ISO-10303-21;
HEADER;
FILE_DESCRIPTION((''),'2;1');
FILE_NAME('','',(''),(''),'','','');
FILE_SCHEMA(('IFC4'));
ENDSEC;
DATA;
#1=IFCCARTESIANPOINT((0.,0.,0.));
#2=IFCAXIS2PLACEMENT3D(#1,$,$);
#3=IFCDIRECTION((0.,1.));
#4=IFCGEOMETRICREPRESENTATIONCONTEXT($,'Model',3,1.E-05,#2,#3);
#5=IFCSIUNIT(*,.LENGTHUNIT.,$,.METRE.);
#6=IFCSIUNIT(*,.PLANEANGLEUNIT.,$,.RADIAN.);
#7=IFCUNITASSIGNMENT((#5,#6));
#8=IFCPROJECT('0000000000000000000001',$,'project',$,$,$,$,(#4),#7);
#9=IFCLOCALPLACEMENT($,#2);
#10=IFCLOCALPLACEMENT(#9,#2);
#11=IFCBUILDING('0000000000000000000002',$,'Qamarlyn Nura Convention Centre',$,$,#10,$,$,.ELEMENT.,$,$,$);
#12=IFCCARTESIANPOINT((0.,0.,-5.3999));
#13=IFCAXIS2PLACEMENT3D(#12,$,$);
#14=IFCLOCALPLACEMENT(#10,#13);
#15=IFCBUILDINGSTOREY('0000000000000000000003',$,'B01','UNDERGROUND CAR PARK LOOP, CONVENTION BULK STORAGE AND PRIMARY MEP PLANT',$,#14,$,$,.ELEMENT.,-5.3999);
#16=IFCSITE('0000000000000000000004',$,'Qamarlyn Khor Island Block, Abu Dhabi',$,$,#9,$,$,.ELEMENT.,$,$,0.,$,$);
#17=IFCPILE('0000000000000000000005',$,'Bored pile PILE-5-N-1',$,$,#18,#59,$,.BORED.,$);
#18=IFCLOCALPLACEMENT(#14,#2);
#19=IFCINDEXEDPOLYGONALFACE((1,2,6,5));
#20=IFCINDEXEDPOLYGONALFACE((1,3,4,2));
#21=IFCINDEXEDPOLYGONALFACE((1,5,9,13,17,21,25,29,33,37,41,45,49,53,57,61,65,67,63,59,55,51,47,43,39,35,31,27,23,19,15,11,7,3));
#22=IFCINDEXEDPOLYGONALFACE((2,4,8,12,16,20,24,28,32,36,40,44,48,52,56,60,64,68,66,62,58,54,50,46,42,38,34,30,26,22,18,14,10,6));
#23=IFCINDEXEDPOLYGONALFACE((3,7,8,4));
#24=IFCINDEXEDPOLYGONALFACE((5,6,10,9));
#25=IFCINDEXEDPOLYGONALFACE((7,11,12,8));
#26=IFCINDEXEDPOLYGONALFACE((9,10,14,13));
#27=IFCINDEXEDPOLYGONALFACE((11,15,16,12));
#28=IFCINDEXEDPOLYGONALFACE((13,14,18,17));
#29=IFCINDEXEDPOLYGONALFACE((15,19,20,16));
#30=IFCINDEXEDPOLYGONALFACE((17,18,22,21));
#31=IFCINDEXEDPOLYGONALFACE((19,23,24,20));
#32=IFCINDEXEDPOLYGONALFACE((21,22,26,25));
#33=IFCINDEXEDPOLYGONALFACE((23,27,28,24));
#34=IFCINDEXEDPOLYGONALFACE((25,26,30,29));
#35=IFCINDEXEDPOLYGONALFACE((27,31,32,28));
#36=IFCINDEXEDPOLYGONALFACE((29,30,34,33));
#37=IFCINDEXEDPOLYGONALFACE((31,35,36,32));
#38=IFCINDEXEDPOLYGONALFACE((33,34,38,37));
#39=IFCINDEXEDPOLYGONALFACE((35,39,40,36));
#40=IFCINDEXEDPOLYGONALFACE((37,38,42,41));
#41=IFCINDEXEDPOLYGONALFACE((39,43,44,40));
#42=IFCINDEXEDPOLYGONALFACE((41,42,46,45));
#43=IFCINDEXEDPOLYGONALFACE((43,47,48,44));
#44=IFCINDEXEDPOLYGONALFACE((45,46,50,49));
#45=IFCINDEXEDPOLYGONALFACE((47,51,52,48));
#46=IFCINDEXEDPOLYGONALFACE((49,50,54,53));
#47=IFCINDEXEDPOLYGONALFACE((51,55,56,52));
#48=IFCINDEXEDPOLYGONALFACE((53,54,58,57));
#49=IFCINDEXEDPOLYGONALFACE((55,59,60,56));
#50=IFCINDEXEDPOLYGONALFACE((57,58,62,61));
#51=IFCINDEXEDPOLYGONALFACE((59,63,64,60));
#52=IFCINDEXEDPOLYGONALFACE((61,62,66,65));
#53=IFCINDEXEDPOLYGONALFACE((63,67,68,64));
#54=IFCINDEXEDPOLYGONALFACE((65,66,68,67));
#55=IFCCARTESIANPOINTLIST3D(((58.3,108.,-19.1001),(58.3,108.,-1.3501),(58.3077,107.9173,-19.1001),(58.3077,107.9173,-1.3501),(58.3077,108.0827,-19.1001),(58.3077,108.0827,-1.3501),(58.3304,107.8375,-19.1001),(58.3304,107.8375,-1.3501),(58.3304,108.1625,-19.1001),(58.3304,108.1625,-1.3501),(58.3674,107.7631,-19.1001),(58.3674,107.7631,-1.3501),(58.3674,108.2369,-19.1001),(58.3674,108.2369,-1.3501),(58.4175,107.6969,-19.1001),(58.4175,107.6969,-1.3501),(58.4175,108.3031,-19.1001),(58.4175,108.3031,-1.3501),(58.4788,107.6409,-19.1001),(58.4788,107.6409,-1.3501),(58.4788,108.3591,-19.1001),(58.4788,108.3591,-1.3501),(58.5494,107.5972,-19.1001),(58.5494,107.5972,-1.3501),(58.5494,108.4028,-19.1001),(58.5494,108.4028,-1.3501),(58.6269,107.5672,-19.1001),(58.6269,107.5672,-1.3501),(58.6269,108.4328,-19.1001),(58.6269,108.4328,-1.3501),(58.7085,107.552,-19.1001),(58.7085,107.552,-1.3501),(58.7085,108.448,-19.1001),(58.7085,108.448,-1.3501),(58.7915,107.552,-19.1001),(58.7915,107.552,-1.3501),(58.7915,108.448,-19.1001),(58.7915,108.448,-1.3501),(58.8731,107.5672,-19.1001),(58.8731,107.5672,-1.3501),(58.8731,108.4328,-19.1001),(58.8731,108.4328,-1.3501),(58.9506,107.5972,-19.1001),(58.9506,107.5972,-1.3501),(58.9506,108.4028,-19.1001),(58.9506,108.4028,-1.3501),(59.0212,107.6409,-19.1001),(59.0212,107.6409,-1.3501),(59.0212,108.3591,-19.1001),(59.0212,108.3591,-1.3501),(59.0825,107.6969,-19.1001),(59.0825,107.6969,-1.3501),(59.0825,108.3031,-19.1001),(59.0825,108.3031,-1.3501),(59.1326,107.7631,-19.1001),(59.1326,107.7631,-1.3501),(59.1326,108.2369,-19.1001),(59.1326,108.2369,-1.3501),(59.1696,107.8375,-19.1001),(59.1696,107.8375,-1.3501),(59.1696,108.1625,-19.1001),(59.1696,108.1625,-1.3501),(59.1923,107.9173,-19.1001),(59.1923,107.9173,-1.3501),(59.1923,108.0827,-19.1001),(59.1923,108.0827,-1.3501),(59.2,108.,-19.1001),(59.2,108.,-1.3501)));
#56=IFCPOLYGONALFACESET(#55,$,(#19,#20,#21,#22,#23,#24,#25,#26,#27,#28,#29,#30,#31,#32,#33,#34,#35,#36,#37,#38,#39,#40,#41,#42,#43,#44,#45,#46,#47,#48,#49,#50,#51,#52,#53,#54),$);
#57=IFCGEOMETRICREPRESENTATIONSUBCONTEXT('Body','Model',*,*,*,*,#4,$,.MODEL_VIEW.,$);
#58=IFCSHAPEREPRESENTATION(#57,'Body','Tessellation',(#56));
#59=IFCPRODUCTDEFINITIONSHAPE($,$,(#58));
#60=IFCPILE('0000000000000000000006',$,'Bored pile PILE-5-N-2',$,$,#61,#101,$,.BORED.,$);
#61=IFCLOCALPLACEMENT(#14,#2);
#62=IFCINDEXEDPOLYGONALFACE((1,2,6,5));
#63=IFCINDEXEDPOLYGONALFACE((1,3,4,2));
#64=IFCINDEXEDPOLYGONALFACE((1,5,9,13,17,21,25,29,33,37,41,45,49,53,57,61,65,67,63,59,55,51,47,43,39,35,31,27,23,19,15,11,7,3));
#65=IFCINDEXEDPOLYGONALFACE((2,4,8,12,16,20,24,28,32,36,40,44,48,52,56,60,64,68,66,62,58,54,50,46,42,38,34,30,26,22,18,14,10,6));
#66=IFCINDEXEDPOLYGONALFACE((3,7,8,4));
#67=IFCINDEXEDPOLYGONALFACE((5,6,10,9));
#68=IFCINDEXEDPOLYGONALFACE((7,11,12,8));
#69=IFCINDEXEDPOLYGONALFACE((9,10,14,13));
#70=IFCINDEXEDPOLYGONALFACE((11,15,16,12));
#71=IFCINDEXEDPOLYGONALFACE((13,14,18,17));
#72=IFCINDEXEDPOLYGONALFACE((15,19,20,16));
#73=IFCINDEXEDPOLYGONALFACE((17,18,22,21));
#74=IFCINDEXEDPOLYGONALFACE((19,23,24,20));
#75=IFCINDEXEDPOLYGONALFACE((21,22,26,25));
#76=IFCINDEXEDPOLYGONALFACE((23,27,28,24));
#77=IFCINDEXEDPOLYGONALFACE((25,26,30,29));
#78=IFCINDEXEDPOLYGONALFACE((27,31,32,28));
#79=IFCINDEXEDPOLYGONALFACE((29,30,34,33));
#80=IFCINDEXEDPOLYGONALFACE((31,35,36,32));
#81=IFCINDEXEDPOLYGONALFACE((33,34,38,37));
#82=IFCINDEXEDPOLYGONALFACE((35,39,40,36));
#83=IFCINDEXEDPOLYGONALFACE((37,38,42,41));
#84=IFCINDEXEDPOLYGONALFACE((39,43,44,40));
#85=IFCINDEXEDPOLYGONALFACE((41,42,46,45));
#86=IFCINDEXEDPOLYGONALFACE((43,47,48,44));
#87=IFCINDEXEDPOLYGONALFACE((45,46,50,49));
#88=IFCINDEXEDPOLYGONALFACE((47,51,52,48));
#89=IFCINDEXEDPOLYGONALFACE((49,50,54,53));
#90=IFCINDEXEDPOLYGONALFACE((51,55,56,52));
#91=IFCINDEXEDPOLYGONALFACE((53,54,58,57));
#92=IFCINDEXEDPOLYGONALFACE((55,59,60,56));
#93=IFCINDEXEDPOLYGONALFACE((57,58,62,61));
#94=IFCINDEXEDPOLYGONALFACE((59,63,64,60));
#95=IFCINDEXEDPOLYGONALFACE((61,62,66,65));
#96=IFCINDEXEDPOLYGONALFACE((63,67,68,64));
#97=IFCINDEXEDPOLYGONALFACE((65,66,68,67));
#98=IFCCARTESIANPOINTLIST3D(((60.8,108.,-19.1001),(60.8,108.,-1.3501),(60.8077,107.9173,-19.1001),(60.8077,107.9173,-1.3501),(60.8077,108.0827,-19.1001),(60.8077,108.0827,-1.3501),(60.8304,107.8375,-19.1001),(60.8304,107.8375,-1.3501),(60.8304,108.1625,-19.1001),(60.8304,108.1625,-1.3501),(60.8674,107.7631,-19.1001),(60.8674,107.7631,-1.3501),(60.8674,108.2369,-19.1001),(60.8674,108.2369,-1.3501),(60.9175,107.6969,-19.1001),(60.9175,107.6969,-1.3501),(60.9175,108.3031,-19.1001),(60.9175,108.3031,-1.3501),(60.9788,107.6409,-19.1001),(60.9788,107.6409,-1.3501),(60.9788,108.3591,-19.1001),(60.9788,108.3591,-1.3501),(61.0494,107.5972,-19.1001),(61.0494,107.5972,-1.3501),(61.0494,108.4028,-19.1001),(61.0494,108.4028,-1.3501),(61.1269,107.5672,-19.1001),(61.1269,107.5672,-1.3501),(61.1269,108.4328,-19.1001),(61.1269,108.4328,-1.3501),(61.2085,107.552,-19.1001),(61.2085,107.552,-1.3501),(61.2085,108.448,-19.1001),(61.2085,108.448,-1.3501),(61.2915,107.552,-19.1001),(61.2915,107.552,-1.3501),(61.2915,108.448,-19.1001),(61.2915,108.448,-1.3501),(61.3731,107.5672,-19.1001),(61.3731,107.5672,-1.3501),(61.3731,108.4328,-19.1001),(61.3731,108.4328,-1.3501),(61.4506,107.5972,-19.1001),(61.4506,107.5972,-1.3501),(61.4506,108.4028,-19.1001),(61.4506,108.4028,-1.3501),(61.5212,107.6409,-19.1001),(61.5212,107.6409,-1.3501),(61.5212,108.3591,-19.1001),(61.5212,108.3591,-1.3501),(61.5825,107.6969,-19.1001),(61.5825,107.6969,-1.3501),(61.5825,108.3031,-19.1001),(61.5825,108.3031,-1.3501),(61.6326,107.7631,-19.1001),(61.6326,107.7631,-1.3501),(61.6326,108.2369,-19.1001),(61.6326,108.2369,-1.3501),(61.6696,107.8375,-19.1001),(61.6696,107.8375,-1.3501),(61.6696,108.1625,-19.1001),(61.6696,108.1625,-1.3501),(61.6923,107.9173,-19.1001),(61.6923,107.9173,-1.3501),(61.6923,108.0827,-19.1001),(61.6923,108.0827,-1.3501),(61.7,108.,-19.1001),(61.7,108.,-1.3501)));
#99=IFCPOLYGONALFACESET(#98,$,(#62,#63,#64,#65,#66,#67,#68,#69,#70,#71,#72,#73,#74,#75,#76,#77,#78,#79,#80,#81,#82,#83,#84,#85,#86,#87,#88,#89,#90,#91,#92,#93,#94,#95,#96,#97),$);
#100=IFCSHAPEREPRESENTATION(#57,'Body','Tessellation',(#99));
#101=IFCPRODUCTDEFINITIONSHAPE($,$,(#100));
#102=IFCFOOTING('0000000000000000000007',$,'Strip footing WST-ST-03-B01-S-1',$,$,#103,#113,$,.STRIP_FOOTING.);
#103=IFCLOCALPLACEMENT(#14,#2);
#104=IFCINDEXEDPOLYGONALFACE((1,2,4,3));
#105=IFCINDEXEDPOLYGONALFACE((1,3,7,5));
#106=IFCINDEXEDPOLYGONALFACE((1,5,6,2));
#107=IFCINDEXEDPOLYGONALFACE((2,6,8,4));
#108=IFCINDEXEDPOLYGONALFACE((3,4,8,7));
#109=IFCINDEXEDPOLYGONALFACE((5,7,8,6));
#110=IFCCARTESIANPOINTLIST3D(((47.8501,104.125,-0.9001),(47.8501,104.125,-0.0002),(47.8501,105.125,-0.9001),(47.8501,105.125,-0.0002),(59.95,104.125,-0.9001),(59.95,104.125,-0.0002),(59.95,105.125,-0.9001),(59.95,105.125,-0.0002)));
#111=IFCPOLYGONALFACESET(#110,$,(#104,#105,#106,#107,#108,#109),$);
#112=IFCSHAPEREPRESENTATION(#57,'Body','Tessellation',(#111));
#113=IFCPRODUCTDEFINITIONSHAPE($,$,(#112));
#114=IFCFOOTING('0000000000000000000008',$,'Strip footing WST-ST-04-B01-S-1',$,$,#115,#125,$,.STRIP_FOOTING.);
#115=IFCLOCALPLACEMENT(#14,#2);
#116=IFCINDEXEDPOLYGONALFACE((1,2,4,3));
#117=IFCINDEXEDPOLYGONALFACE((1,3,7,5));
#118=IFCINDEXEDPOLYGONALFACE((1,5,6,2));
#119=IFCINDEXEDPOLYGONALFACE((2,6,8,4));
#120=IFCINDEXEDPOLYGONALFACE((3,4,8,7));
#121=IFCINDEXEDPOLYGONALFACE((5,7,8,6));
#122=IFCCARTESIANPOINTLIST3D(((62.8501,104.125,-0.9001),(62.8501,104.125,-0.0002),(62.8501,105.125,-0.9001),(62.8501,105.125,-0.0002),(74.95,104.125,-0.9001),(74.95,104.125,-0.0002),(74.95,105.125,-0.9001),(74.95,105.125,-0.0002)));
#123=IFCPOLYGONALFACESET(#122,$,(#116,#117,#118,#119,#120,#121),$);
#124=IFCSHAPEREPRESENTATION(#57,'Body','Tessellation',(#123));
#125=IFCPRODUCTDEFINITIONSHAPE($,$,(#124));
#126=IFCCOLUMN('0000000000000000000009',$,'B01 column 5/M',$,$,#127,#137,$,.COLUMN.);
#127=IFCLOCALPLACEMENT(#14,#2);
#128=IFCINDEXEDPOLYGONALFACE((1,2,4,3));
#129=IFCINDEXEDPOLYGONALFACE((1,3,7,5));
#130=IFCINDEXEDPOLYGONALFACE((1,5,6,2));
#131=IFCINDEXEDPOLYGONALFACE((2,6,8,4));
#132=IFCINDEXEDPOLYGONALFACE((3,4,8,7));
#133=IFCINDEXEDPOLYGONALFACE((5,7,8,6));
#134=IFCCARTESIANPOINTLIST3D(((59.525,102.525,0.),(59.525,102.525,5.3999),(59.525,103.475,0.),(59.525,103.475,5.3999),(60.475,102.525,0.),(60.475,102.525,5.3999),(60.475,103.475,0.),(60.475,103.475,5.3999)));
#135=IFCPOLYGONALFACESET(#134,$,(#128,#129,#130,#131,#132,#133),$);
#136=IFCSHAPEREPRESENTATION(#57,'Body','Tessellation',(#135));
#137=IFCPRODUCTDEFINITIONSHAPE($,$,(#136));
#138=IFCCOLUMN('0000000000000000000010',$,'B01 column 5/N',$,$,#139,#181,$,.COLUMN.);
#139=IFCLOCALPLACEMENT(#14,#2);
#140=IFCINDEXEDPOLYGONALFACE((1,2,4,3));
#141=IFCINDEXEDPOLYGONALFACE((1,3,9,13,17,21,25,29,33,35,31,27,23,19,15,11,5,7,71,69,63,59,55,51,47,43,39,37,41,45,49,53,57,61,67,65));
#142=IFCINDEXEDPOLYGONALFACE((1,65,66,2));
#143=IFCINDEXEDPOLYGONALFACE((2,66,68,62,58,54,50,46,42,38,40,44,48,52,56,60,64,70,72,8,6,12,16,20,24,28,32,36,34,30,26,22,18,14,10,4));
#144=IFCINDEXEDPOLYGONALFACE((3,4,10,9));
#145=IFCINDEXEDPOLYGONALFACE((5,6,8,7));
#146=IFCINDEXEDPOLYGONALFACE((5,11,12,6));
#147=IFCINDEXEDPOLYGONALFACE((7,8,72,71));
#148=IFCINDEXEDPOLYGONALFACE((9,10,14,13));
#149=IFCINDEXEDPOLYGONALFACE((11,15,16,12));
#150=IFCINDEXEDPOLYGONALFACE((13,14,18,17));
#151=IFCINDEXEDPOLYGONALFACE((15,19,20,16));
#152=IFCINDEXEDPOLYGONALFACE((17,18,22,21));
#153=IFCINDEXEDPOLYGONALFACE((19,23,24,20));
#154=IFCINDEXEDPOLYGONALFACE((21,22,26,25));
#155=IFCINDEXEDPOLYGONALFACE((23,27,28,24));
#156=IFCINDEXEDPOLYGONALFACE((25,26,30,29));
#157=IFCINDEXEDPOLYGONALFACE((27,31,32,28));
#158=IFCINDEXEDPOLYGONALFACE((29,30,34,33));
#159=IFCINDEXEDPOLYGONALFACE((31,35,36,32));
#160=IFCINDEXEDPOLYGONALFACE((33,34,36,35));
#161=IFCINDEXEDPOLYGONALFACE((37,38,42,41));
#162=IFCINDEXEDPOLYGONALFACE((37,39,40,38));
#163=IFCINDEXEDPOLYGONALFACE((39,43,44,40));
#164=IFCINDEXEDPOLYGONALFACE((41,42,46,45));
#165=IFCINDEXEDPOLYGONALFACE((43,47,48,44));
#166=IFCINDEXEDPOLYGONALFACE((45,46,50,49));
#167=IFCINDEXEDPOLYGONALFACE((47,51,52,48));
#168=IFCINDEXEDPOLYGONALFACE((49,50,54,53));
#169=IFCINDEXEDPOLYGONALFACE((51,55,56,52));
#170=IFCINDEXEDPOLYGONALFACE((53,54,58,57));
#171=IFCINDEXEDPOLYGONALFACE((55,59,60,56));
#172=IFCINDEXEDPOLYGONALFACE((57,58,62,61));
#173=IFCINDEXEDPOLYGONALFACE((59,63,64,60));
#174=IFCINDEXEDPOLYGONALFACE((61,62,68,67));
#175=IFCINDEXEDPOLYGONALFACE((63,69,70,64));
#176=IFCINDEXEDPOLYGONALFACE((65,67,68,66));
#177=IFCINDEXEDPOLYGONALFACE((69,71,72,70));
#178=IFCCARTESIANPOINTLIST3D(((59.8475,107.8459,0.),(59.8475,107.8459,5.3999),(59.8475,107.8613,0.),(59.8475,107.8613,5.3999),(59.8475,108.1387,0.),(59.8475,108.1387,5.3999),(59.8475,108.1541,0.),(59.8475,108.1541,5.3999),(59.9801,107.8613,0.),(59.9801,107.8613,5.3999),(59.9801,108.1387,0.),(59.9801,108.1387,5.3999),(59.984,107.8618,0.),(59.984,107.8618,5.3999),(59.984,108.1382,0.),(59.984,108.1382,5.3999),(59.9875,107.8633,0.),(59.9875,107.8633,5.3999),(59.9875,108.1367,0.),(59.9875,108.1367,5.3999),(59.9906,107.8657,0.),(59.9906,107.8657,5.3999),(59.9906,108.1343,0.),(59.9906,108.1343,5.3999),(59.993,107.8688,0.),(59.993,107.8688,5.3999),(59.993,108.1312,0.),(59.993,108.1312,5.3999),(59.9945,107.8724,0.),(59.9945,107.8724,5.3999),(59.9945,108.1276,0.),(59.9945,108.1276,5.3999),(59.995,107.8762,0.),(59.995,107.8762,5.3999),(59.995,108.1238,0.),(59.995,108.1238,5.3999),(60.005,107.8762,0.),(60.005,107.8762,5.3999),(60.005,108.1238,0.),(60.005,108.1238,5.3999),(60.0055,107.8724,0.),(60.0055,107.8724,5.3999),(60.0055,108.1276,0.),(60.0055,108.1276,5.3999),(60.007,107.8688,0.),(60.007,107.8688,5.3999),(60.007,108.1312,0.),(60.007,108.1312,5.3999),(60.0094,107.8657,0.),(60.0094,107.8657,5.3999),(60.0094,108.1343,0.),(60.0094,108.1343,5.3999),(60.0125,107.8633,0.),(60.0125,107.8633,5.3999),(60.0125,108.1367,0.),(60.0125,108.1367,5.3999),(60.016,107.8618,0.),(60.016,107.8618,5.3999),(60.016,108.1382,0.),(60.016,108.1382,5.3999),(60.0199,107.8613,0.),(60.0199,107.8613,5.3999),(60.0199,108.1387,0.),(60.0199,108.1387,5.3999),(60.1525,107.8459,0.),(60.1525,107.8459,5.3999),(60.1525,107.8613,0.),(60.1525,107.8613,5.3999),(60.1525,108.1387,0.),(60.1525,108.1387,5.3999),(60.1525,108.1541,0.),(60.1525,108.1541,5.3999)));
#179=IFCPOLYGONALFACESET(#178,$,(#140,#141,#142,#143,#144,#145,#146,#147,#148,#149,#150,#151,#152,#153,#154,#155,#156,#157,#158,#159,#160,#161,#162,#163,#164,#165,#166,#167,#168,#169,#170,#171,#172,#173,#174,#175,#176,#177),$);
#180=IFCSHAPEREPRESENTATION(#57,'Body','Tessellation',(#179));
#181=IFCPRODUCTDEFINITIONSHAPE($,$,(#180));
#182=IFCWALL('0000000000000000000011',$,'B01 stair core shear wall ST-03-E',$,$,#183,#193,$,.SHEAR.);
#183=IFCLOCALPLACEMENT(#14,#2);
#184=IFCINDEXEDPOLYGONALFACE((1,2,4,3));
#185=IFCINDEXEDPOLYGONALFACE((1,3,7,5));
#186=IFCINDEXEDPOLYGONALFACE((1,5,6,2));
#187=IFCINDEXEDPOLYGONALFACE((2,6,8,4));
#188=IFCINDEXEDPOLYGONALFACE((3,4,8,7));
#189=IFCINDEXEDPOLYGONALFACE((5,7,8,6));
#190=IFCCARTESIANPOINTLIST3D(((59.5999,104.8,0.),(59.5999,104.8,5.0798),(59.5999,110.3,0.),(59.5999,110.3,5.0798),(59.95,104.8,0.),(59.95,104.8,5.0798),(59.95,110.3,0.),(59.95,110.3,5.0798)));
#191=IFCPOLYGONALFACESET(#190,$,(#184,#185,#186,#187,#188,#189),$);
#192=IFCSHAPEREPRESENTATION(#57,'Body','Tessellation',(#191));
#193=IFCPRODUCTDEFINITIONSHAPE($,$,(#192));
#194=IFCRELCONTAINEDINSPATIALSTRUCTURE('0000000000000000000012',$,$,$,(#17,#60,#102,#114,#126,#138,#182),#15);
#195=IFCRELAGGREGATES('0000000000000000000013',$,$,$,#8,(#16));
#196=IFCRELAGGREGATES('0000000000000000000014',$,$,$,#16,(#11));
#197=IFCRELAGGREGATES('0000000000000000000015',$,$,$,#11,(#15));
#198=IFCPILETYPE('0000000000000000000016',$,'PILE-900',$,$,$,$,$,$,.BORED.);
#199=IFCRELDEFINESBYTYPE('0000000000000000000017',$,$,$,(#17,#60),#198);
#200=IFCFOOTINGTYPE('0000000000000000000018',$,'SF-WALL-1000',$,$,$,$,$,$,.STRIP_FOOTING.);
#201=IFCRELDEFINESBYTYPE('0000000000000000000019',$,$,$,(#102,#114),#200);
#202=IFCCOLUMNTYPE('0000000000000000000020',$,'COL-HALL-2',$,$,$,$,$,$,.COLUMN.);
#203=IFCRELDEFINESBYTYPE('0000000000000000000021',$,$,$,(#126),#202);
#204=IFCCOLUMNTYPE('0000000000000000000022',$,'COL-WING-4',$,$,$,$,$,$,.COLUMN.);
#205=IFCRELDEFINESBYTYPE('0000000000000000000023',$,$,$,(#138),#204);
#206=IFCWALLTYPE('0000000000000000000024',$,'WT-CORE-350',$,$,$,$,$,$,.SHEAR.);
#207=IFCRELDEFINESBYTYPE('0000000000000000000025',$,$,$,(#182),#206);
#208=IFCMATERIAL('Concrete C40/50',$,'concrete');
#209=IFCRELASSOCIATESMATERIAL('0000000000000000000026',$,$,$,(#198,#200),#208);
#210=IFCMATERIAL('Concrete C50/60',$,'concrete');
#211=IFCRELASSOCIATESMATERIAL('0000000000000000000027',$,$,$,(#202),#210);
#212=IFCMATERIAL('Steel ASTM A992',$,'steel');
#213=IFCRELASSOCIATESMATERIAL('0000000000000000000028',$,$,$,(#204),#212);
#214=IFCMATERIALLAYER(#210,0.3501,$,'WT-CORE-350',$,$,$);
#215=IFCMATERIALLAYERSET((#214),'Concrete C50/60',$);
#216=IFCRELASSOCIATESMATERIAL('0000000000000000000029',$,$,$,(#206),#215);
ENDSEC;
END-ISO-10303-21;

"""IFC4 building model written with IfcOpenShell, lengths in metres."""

from ifc_helpers import new_model, si_unit, direction, frame, frame_2d, origin, origin_2d, place, context, subcontext, project, spatial, rectangle, circle, i_section, extrude, material, layer, layer_set, material_profile, profile_set, type_object, element, save


model = new_model("IFC4")

# Units and contexts
model_context = context("Model", 3, precision=1e-05, world=origin(), true_north=direction((0.0, 1.0)))
body_context = subcontext(model_context, "Body", "Model", "MODEL_VIEW")
ifc_project = project(units=[si_unit("LENGTHUNIT", "METRE"), si_unit("PLANEANGLEUNIT", "RADIAN")], contexts=[model_context])

# Site, building, storey
site_placement = place(None, origin())
site = spatial("IfcSite", under=ifc_project, at=site_placement, Name="Qamarlyn Khor Island Block, Abu Dhabi", CompositionType="ELEMENT", RefElevation=0.0)
building_placement = place(site_placement, origin())
building = spatial("IfcBuilding", under=site, at=building_placement, Name="Qamarlyn Nura Convention Centre", CompositionType="ELEMENT")
storey_placement = place(building_placement, frame((0.0, 0.0, -5.3999)))
storey = spatial("IfcBuildingStorey", under=building, at=storey_placement, Name="B01", Description="UNDERGROUND CAR PARK LOOP, CONVENTION BULK STORAGE AND PRIMARY MEP PLANT", CompositionType="ELEMENT", Elevation=-5.3999)

# Shared definitions
ifc_material_1 = material(Name="Concrete C40/50", Category="concrete")

# Piles
ifc_material_profile_1 = material_profile(ifc_material_1, circle(Radius=0.45, at=origin_2d()), Name="BORED PILE 900")
ifc_profile_set_1 = profile_set([ifc_material_profile_1], Name="Concrete C40/50")
pile_type = type_object("IfcPileType", Name="PILE-900", PredefinedType="BORED", material=ifc_profile_set_1)
for number, where, z_axis, x_axis, name in (
    (1, (58.75, 108.0, -1.3501), (0.0, 0.0, -1.0), (1.0, 0.0, 0.0), "Bored pile PILE-5-N-1"),
    (2, (61.25, 108.0, -1.3501), (0.0, 0.0, -1.0), (1.0, 0.0, 0.0), "Bored pile PILE-5-N-2"),
):
    element("IfcPile", number, at=place(storey_placement, frame(where, z_axis=z_axis, x_axis=x_axis)), inside=storey, type_object=pile_type, Name=name, PredefinedType="BORED", context=body_context, shape_type="SweptSolid", body=[
        extrude(circle(Radius=0.45, at=origin_2d()), origin(), (0.0, 0.0, 1.0), 17.75),
    ])

# Footings
ifc_material_profile_2 = material_profile(ifc_material_1, rectangle(XDim=1.0, YDim=0.8999, at=origin_2d()), Name="RC STRIP 1000x900")
ifc_profile_set_2 = profile_set([ifc_material_profile_2], Name="Concrete C40/50")
footing_type_1 = type_object("IfcFootingType", Name="SF-WALL-1000", PredefinedType="STRIP_FOOTING", material=ifc_profile_set_2)
for number, where, z_axis, x_axis, name in (
    (3, (47.8501, 104.625, -0.4502), (1.0, 0.0, 0.0), (0.0, 1.0, 0.0), "Strip footing WST-ST-03-B01-S-1"),
    (4, (62.8501, 104.625, -0.4502), (1.0, 0.0, 0.0), (0.0, 1.0, 0.0), "Strip footing WST-ST-04-B01-S-1"),
):
    element("IfcFooting", number, at=place(storey_placement, frame(where, z_axis=z_axis, x_axis=x_axis)), inside=storey, type_object=footing_type_1, Name=name, PredefinedType="STRIP_FOOTING", context=body_context, shape_type="SweptSolid", body=[
        extrude(rectangle(XDim=1.0, YDim=0.8999, at=origin_2d()), origin(), (0.0, 0.0, 1.0), 12.0999),
    ])

# Columns
ifc_material_2 = material(Name="Concrete C50/60", Category="concrete")
ifc_material_profile_3 = material_profile(ifc_material_2, rectangle(XDim=0.95, YDim=0.95, at=origin_2d()), Name="RC 950x950")
ifc_profile_set_3 = profile_set([ifc_material_profile_3], Name="Concrete C50/60")
column_type_1 = type_object("IfcColumnType", Name="COL-HALL-2", PredefinedType="COLUMN", material=ifc_profile_set_3)
column_1_placement = place(storey_placement, frame((60.0, 103.0, 0.0), z_axis=(0.0, 0.0, 1.0), x_axis=(1.0, 0.0, 0.0)))
element("IfcColumn", 5, at=column_1_placement, inside=storey, type_object=column_type_1, Name="B01 column 5/M", PredefinedType="COLUMN", context=body_context, shape_type="SweptSolid", body=[
    extrude(rectangle(XDim=0.95, YDim=0.95, at=origin_2d()), origin(), (0.0, 0.0, 1.0), 5.3999),
])
ifc_material_3 = material(Name="Steel ASTM A992", Category="steel")
ifc_material_profile_4 = material_profile(ifc_material_3, i_section(OverallWidth=0.3049, OverallDepth=0.3081, WebThickness=0.01, FlangeThickness=0.0154, FilletRadius=0.0149, at=origin_2d()), Name="W310X97")
ifc_profile_set_4 = profile_set([ifc_material_profile_4], Name="Steel ASTM A992")
column_type_2 = type_object("IfcColumnType", Name="COL-WING-4", PredefinedType="COLUMN", material=ifc_profile_set_4)
column_2_placement = place(storey_placement, frame((60.0, 108.0, 0.0), z_axis=(0.0, 0.0, 1.0), x_axis=(1.0, 0.0, 0.0)))
element("IfcColumn", 6, at=column_2_placement, inside=storey, type_object=column_type_2, Name="B01 column 5/N", PredefinedType="COLUMN", context=body_context, shape_type="SweptSolid", body=[
    extrude(i_section(OverallWidth=0.3049, OverallDepth=0.3081, WebThickness=0.01, FlangeThickness=0.0154, FilletRadius=0.0149, at=origin_2d()), origin(), (0.0, 0.0, 1.0), 5.3999),
])

# Wall
ifc_layer = layer(ifc_material_2, 0.3501, Name="WT-CORE-350")
ifc_layer_set = layer_set([ifc_layer], Name="Concrete C50/60")
wall_type = type_object("IfcWallType", Name="WT-CORE-350", PredefinedType="SHEAR", material=ifc_layer_set)
wall_1_placement = place(storey_placement, frame((59.7749, 104.8, 0.0), z_axis=(0.0, 0.0, 1.0), x_axis=(0.0, 1.0, 0.0)))
element("IfcWall", 7, at=wall_1_placement, inside=storey, type_object=wall_type, Name="B01 stair core shear wall ST-03-E", PredefinedType="SHEAR", context=body_context, shape_type="SweptSolid", body=[
    extrude(rectangle(XDim=5.5, YDim=0.3501, at=frame_2d((2.75, 0.0))), origin(), (0.0, 0.0, 1.0), 5.0798),
])

save(model, "model.ifc")
